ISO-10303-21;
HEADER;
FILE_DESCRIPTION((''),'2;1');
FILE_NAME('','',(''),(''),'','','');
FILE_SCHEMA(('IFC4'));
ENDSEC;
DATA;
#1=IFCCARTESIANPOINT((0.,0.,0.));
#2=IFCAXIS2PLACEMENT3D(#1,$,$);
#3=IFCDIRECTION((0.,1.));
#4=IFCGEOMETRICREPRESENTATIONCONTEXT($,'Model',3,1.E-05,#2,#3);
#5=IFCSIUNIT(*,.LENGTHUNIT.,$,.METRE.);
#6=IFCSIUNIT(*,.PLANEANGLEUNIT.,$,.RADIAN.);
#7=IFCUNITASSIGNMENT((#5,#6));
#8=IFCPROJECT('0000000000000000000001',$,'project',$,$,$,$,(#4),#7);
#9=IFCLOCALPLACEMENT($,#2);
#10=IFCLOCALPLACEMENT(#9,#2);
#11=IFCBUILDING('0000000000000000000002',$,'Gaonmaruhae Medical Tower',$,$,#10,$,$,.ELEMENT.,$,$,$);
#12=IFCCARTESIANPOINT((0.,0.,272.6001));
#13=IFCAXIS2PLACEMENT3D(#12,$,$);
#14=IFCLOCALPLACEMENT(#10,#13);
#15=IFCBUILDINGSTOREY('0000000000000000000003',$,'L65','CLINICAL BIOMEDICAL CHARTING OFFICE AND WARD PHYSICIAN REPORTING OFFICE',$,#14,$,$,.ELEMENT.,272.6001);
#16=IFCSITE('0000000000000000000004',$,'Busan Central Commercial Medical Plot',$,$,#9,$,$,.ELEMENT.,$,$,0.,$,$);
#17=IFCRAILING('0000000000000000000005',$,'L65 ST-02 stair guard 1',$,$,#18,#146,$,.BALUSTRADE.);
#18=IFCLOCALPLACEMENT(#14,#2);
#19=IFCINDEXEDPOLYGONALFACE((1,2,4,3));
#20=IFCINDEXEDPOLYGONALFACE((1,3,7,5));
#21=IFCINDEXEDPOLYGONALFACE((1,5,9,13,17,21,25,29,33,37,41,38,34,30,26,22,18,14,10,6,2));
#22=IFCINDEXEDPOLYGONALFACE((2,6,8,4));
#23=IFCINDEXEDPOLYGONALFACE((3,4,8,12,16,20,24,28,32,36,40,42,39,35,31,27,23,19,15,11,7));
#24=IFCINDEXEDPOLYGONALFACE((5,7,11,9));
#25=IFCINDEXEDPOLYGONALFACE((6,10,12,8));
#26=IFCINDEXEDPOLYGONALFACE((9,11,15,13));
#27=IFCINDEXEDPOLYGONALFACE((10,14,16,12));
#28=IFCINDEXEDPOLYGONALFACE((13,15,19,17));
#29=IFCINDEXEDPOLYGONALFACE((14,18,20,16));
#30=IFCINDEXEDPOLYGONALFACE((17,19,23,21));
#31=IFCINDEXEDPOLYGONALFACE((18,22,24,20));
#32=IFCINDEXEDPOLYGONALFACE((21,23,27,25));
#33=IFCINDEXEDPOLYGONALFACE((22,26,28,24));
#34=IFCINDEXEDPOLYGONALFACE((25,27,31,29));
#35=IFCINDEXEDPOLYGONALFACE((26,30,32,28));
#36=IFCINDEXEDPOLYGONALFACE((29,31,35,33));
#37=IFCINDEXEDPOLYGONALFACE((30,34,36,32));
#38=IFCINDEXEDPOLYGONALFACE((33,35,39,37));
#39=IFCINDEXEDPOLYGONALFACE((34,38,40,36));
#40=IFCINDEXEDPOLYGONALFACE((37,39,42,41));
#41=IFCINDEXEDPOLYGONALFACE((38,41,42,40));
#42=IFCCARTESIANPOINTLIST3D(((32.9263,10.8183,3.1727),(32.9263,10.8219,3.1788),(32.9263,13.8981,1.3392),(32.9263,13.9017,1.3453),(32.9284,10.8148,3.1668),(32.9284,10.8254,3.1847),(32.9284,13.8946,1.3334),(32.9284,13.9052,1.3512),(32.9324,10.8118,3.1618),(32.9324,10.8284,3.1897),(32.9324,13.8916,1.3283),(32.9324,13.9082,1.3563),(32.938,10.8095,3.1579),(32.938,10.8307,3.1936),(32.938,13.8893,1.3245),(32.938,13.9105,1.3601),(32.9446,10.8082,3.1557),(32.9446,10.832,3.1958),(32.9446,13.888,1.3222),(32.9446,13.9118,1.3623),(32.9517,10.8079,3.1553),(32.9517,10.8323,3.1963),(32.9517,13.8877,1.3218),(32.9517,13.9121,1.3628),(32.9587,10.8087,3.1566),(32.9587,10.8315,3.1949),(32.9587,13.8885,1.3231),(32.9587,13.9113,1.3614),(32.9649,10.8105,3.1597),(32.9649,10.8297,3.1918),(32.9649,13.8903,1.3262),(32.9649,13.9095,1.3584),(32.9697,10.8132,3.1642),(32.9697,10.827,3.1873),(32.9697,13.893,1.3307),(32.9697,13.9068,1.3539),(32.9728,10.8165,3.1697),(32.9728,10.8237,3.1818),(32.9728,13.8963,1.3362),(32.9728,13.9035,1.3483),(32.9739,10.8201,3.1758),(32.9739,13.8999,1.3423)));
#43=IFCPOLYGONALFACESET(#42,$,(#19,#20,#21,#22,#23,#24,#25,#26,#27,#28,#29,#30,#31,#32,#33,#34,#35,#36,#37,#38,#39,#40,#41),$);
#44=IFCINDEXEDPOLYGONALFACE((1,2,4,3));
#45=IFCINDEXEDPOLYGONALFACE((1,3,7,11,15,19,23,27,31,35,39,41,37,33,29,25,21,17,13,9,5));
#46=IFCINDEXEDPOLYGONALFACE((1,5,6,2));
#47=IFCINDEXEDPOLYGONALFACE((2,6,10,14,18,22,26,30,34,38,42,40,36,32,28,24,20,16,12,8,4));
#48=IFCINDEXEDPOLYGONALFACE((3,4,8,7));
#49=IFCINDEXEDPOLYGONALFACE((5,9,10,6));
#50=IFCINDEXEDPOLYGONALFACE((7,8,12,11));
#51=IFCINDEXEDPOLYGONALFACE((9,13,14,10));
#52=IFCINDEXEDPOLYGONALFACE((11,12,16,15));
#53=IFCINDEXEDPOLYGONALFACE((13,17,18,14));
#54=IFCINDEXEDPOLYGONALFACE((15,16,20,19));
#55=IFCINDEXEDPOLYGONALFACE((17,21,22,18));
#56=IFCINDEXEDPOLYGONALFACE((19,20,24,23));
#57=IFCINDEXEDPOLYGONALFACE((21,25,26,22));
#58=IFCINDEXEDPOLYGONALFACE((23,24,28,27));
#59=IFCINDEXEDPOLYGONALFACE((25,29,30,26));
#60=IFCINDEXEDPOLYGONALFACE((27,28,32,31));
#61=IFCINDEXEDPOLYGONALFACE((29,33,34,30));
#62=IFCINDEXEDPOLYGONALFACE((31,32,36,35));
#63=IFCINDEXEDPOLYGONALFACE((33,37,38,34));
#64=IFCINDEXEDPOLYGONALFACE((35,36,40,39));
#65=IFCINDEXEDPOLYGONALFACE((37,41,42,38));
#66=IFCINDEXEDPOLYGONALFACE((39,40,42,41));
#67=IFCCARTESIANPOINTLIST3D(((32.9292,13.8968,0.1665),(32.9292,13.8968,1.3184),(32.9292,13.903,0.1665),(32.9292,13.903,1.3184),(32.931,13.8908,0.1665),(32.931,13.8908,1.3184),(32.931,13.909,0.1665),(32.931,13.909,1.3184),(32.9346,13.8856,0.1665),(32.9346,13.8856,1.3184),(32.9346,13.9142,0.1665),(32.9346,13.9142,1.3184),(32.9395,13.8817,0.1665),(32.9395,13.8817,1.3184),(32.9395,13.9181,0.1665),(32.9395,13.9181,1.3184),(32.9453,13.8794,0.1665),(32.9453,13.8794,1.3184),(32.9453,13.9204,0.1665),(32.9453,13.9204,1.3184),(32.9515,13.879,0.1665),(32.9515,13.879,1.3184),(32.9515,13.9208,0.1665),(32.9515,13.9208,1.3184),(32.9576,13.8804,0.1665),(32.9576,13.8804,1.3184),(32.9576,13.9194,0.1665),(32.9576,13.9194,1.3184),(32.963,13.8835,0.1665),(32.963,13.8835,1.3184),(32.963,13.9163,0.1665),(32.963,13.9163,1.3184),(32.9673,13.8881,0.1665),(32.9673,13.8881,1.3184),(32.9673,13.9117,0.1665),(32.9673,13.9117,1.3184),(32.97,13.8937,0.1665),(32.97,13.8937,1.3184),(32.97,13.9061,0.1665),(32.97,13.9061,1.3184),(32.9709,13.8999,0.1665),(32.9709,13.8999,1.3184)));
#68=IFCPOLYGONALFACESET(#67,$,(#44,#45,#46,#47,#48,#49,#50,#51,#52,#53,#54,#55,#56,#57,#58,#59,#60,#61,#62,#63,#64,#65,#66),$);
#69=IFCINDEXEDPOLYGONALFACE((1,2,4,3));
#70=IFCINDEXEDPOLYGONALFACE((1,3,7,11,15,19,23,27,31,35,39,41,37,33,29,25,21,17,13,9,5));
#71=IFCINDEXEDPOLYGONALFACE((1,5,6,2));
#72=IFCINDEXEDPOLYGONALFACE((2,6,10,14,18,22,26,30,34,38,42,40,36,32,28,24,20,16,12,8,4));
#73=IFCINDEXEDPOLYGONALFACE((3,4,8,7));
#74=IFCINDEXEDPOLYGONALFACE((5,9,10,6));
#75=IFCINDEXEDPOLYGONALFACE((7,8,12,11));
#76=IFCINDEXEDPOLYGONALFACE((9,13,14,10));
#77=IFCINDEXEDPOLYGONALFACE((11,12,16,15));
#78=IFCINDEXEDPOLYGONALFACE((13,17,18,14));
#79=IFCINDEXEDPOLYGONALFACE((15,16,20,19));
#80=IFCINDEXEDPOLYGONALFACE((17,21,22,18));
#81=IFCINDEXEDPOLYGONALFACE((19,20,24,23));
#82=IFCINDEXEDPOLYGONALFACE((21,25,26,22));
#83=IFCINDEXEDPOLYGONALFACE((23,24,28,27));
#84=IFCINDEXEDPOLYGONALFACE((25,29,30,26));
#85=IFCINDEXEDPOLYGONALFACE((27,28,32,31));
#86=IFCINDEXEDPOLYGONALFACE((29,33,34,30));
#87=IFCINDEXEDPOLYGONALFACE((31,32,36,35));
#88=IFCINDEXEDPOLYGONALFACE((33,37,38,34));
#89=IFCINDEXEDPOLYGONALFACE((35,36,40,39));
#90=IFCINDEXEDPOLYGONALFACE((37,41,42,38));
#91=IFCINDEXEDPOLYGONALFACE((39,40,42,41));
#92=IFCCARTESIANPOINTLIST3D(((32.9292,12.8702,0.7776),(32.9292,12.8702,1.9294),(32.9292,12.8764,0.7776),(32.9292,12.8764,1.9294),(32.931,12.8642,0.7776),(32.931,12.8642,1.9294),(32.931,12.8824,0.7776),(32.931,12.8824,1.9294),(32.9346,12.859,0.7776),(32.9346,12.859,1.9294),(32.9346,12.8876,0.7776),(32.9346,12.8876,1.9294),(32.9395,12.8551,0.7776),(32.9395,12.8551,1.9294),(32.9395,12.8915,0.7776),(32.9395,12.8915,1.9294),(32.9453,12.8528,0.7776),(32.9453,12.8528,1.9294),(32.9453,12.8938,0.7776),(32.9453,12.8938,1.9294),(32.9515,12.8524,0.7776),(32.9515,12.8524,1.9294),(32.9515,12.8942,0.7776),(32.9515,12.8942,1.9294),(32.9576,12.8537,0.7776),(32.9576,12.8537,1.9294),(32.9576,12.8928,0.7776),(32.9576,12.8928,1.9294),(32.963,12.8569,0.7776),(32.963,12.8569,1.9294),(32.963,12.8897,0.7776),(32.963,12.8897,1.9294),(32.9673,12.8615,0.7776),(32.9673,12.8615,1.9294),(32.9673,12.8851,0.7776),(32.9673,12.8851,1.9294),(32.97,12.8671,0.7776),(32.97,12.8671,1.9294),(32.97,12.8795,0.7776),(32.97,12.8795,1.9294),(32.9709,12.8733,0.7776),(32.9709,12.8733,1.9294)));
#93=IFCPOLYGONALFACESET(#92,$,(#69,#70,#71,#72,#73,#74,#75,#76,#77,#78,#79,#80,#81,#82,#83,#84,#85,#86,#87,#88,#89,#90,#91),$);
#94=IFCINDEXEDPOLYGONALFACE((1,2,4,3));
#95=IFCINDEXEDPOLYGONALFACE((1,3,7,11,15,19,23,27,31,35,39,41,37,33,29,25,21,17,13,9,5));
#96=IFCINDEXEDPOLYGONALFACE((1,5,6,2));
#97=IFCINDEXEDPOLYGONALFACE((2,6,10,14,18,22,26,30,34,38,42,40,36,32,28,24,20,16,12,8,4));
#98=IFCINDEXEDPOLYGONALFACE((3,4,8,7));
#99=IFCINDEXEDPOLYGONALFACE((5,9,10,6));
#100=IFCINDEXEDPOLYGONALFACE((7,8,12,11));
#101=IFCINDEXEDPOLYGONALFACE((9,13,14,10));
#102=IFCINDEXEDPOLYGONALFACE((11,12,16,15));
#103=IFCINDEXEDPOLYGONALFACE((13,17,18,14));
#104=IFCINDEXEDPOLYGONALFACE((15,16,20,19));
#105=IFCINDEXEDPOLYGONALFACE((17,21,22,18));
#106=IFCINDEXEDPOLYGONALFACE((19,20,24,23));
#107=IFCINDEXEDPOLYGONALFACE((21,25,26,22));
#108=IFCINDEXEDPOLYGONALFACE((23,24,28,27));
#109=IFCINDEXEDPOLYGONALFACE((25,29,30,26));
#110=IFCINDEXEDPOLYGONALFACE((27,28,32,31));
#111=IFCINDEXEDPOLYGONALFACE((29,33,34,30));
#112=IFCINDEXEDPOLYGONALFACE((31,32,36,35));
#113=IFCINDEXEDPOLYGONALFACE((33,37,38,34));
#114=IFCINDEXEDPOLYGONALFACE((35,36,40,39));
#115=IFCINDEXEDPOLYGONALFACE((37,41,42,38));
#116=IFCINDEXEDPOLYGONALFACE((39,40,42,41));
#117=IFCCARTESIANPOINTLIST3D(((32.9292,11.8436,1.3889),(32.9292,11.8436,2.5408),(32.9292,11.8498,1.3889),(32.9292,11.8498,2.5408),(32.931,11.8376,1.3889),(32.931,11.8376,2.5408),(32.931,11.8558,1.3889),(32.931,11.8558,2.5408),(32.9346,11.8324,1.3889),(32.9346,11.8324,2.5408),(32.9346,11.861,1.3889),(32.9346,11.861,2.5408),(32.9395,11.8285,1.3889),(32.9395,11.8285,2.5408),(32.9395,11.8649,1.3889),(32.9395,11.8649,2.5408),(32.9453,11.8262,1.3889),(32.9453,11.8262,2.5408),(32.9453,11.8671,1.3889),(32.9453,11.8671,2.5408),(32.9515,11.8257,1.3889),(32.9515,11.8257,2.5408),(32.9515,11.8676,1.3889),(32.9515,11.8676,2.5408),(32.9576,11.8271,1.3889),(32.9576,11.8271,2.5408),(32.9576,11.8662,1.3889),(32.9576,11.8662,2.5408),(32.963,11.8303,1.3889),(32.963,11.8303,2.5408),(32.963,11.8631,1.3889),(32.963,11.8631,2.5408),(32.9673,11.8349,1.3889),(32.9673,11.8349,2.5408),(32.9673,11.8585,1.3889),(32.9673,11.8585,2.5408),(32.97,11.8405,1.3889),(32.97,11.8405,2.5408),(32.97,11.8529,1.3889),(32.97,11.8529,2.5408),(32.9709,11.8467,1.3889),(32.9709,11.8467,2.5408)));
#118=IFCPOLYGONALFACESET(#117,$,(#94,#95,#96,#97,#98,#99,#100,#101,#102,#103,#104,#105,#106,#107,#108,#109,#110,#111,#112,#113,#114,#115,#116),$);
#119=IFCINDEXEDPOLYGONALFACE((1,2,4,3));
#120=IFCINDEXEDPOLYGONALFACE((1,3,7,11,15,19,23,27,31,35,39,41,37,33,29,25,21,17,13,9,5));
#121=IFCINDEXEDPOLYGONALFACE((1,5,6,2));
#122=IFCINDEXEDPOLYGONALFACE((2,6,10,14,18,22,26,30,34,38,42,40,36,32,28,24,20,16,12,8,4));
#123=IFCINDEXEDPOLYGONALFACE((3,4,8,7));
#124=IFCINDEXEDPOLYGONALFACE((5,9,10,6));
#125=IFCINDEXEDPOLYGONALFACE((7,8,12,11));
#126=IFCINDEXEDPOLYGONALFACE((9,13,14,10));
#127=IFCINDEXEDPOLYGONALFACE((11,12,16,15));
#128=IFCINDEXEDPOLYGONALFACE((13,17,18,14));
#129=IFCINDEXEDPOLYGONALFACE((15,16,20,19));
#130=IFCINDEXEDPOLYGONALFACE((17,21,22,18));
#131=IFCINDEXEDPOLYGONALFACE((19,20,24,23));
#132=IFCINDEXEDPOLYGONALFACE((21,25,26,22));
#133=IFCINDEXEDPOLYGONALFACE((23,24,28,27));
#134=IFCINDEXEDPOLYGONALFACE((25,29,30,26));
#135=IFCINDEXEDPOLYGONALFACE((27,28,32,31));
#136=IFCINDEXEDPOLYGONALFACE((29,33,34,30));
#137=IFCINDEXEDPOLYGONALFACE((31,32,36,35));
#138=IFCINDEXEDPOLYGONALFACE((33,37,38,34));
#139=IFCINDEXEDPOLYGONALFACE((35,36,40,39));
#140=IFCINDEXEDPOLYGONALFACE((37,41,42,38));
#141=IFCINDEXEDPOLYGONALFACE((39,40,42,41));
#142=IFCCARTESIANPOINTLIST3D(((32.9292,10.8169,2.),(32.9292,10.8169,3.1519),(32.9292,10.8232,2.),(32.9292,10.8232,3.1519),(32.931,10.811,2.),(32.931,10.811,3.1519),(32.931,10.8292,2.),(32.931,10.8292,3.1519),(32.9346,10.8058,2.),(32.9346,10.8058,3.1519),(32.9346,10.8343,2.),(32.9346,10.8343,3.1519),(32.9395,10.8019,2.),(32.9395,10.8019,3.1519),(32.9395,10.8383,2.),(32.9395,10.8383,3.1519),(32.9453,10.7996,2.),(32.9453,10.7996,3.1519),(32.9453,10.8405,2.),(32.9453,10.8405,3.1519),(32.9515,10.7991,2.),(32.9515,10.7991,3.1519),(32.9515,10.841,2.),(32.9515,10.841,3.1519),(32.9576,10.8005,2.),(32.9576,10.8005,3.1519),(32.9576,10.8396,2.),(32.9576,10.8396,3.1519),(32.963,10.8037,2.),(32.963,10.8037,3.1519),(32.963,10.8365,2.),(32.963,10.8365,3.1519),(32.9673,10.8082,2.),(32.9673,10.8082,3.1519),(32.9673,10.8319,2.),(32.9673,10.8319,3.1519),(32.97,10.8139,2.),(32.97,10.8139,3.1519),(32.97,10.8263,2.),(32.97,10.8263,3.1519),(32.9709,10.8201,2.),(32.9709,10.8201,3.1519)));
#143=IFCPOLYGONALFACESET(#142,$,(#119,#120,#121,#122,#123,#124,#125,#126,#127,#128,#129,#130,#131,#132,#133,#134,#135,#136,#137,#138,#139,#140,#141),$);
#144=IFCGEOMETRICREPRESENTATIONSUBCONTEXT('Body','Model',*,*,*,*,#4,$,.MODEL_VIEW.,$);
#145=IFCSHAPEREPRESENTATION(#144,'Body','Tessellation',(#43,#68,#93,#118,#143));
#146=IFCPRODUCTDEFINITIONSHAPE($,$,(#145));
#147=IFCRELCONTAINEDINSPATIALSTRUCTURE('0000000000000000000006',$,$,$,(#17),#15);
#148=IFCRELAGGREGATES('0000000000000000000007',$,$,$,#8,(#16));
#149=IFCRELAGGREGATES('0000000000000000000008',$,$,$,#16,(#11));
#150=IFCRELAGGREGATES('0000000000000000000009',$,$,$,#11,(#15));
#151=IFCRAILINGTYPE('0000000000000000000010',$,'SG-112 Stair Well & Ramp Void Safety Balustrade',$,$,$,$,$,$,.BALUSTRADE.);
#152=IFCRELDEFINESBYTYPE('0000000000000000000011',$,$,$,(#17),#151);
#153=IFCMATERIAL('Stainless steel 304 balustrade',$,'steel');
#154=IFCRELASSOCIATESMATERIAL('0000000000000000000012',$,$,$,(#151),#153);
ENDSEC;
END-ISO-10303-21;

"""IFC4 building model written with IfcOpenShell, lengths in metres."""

from ifc_helpers import new_model, si_unit, direction, frame, origin, origin_2d, place, context, subcontext, project, spatial, circle, extrude, material, type_object, element, save


model = new_model("IFC4")

# Units and contexts
model_context = context("Model", 3, precision=1e-05, world=origin(), true_north=direction((0.0, 1.0)))
body_context = subcontext(model_context, "Body", "Model", "MODEL_VIEW")
ifc_project = project(units=[si_unit("LENGTHUNIT", "METRE"), si_unit("PLANEANGLEUNIT", "RADIAN")], contexts=[model_context])

# Site, building, storey
site_placement = place(None, origin())
site = spatial("IfcSite", under=ifc_project, at=site_placement, Name="Busan Central Commercial Medical Plot", CompositionType="ELEMENT", RefElevation=0.0)
building_placement = place(site_placement, origin())
building = spatial("IfcBuilding", under=site, at=building_placement, Name="Gaonmaruhae Medical Tower", CompositionType="ELEMENT")
storey_placement = place(building_placement, frame((0.0, 0.0, 272.6001)))
storey = spatial("IfcBuildingStorey", under=building, at=storey_placement, Name="L65", Description="CLINICAL BIOMEDICAL CHARTING OFFICE AND WARD PHYSICIAN REPORTING OFFICE", CompositionType="ELEMENT", Elevation=272.6001)

# Railing
ifc_material_1 = material(Name="Stainless steel 304 balustrade", Category="steel")
railing_type_1 = type_object("IfcRailingType", Name="SG-112 Stair Well & Ramp Void Safety Balustrade", PredefinedType="BALUSTRADE", material=ifc_material_1)
railing_1_placement = place(storey_placement, frame((32.95, 13.8999, 0.1665)))
element("IfcRailing", 1, at=railing_1_placement, inside=storey, type_object=railing_type_1, Name="L65 ST-02 stair guard 1", PredefinedType="BALUSTRADE", context=body_context, shape_type="SweptSolid", body=[
    extrude(circle(Radius=0.0239, at=origin_2d()), frame((0.0, 0.0, 1.1758), z_axis=(0.0, -0.859261, 0.511538), x_axis=(1.0, 0.0, 0.0)), (0.0, 0.0, 1.0), 3.5842),
    extrude(circle(Radius=0.021, at=origin_2d()), origin(), (0.0, 0.0, 1.0), 1.1519),
    extrude(circle(Radius=0.021, at=origin_2d()), frame((0.0, -1.0266, 0.6111)), (0.0, 0.0, 1.0), 1.1519),
    extrude(circle(Radius=0.021, at=origin_2d()), frame((0.0, -2.0532, 1.2224)), (0.0, 0.0, 1.0), 1.1519),
    extrude(circle(Radius=0.021, at=origin_2d()), frame((0.0, -3.0798, 1.8335)), (0.0, 0.0, 1.0), 1.1519),
])

save(model, "model.ifc")
